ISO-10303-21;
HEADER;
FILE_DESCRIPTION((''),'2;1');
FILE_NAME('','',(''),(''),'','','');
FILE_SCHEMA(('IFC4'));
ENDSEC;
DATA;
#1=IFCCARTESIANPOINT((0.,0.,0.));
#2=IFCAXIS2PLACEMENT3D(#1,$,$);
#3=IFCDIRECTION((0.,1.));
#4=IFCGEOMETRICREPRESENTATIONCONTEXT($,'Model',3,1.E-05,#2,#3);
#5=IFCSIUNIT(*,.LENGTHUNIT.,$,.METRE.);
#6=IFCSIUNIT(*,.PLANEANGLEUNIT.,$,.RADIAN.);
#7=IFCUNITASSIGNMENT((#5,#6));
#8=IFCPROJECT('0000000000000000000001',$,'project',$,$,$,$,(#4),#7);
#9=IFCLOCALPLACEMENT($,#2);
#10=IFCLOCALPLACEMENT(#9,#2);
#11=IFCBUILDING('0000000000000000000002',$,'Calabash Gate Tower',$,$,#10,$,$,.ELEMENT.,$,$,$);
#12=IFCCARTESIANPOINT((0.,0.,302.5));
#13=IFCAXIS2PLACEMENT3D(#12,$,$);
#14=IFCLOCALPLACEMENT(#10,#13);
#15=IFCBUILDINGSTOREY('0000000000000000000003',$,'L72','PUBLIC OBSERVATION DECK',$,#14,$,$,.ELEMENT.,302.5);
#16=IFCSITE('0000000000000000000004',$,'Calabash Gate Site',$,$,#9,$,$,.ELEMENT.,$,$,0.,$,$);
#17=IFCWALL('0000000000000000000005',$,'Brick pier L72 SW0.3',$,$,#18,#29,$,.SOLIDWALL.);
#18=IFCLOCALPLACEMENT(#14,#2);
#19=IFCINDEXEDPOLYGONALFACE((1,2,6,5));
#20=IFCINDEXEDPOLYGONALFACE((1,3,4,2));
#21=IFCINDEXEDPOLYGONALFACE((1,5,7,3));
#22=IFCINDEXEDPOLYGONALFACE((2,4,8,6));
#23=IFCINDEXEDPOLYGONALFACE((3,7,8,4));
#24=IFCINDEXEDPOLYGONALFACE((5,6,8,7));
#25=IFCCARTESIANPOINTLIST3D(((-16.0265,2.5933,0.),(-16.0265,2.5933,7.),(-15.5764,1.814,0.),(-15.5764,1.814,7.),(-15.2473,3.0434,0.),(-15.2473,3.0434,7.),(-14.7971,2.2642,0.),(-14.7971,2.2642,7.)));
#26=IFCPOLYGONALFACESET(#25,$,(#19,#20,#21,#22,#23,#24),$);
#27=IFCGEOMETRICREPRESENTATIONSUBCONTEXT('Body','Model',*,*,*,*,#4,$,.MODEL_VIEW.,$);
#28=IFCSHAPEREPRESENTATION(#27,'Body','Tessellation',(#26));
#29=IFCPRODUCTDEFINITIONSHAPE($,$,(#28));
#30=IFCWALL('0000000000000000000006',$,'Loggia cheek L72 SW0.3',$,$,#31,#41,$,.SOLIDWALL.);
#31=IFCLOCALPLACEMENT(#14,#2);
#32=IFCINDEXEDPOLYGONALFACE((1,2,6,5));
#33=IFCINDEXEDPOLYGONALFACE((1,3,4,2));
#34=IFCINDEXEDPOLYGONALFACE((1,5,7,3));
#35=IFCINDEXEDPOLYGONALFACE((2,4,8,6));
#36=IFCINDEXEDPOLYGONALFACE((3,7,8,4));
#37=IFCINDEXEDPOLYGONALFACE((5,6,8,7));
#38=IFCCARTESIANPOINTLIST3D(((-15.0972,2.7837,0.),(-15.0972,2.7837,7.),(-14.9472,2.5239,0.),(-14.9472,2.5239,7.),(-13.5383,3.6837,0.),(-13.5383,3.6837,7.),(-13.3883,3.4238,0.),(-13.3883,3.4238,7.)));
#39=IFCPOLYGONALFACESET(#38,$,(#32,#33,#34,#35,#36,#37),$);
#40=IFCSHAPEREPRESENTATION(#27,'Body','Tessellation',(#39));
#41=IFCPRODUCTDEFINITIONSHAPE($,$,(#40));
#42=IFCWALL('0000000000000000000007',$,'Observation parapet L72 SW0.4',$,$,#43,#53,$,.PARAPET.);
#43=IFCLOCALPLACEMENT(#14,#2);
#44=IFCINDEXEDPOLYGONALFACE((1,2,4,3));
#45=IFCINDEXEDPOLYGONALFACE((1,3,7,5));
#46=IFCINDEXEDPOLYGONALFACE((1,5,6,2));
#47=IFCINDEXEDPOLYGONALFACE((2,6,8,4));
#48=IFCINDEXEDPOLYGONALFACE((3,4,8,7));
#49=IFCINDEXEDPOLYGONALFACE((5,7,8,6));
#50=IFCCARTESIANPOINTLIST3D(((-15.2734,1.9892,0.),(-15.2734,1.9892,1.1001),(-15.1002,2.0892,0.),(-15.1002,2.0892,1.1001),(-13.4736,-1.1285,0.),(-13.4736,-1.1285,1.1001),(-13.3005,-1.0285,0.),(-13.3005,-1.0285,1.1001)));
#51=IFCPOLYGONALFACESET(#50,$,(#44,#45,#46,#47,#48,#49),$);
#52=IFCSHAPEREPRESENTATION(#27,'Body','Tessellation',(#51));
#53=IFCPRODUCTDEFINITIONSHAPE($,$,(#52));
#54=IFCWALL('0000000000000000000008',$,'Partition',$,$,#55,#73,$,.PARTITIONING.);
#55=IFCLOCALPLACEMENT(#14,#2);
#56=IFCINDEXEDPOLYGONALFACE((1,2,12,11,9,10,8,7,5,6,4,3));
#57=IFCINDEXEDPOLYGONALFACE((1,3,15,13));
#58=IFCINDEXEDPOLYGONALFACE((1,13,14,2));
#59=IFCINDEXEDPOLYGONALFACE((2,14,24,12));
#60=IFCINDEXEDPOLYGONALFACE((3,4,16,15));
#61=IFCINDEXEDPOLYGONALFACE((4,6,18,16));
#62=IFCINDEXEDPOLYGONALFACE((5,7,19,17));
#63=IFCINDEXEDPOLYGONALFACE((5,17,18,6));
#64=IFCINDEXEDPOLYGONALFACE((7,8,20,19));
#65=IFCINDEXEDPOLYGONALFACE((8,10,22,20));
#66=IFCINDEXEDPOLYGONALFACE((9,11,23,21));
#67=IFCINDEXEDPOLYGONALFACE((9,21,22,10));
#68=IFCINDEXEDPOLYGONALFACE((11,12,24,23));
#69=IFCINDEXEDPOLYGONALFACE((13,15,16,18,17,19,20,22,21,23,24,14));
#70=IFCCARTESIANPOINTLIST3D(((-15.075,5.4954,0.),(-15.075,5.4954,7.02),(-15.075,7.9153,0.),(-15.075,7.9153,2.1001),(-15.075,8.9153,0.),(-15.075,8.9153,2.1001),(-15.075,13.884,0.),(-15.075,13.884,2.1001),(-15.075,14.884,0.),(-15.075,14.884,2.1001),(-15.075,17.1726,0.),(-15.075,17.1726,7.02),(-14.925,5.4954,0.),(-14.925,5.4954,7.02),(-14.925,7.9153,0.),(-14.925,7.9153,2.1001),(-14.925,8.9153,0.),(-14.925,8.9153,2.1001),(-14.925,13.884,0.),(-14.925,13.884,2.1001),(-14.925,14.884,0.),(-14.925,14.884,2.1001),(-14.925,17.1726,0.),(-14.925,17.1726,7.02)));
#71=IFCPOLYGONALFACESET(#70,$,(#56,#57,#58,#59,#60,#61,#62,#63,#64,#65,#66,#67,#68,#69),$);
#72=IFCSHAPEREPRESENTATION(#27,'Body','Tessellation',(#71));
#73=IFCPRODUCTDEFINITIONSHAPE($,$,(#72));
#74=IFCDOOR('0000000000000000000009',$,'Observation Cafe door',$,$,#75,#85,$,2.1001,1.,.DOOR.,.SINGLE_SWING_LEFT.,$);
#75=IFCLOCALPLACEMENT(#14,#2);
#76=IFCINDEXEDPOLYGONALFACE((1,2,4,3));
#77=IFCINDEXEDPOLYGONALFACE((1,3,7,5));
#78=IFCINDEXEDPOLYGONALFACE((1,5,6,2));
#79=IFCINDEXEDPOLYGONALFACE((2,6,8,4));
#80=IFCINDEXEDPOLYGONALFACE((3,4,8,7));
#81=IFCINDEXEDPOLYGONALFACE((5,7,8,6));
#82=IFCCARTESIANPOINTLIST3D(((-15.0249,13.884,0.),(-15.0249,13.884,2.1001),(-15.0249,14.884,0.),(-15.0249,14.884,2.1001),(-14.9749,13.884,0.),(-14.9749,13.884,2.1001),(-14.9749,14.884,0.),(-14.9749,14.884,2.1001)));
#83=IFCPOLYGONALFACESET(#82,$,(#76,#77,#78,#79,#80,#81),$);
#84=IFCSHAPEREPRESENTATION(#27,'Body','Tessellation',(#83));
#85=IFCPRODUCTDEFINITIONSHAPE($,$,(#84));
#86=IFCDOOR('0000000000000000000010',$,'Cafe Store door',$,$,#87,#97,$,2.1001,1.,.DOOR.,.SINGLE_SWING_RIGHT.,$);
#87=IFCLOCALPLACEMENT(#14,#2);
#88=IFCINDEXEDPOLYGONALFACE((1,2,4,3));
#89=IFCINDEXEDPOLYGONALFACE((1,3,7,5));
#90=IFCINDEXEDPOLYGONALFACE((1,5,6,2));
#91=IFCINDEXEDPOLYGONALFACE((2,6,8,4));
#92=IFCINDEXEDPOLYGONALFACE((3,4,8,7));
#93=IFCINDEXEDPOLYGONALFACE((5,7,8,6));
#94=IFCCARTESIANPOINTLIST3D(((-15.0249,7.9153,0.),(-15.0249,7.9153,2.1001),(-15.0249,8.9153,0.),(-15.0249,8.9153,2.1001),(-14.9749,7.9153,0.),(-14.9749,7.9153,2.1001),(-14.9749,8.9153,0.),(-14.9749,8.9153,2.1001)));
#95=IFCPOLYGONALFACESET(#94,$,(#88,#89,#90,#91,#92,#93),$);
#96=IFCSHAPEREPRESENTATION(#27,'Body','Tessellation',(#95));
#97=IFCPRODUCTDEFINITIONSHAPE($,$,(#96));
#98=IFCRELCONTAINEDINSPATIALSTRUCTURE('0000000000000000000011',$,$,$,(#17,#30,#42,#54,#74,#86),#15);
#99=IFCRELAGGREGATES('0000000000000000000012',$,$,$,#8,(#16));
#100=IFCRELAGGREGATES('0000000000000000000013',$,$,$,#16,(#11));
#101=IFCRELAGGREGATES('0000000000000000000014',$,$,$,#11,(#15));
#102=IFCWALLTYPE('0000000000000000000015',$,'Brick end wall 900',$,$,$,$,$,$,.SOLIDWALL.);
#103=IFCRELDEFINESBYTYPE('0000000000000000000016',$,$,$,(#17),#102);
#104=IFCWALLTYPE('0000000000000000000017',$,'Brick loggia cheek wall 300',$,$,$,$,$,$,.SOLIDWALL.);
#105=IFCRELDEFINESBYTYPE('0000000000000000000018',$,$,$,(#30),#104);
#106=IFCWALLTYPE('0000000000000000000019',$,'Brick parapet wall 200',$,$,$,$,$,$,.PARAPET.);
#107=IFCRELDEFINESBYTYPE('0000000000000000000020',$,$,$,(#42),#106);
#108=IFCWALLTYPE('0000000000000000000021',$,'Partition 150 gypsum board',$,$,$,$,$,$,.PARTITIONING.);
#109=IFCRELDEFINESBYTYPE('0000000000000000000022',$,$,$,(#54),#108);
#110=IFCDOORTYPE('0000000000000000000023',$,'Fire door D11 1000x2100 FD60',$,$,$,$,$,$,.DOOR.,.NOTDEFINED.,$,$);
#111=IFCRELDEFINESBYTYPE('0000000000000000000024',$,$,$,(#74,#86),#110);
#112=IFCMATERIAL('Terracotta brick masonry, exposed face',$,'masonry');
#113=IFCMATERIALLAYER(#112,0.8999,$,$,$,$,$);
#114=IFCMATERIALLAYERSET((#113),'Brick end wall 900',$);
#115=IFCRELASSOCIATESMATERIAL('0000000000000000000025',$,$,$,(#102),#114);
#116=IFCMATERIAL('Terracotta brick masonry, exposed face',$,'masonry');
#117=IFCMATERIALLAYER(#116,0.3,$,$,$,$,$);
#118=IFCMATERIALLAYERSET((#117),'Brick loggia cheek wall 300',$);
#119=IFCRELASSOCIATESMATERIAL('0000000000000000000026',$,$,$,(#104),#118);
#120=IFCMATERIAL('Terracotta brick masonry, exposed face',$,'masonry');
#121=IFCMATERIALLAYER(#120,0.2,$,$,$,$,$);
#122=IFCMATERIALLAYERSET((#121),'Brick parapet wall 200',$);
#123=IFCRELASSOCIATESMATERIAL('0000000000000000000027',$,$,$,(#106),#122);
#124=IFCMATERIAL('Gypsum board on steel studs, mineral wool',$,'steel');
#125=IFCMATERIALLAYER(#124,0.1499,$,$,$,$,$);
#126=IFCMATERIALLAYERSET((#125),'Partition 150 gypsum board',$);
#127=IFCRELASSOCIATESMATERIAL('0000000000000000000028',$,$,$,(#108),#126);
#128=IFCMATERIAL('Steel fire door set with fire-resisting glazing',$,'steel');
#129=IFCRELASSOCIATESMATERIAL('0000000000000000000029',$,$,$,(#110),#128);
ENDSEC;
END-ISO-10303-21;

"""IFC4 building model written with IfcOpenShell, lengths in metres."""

from ifc_helpers import new_model, si_unit, direction, frame, frame_2d, origin, place, context, subcontext, project, spatial, rectangle, extrude, material, layer, layer_set, type_object, element, fill, save


model = new_model("IFC4")

# Units and contexts
model_context = context("Model", 3, precision=1e-05, world=origin(), true_north=direction((0.0, 1.0)))
body_context = subcontext(model_context, "Body", "Model", "MODEL_VIEW")
ifc_project = project(units=[si_unit("LENGTHUNIT", "METRE"), si_unit("PLANEANGLEUNIT", "RADIAN")], contexts=[model_context])

# Site, building, storey
site_placement = place(None, origin())
site = spatial("IfcSite", under=ifc_project, at=site_placement, Name="Calabash Gate Site", CompositionType="ELEMENT", RefElevation=0.0)
building_placement = place(site_placement, origin())
building = spatial("IfcBuilding", under=site, at=building_placement, Name="Calabash Gate Tower", CompositionType="ELEMENT")
storey_placement = place(building_placement, frame((0.0, 0.0, 302.5)))
storey = spatial("IfcBuildingStorey", under=building, at=storey_placement, Name="L72", Description="PUBLIC OBSERVATION DECK", CompositionType="ELEMENT", Elevation=302.5)

# Walls
ifc_material_1 = material(Name="Terracotta brick masonry, exposed face", Category="masonry")
ifc_layer_1 = layer(ifc_material_1, 0.8999)
ifc_layer_set_1 = layer_set([ifc_layer_1], Name="Brick end wall 900")
wall_type_1 = type_object("IfcWallType", Name="Brick end wall 900", PredefinedType="SOLIDWALL", material=ifc_layer_set_1)
wall_1_placement = place(storey_placement, frame((-15.0222, 2.6538, 0.0), z_axis=(0.0, 0.0, 1.0), x_axis=(-0.865896, -0.500223, 0.0)))
element("IfcWall", 1, at=wall_1_placement, inside=storey, type_object=wall_type_1, Name="Brick pier L72 SW0.3", PredefinedType="SOLIDWALL", context=body_context, shape_type="SweptSolid", body=[
    extrude(rectangle(XDim=0.8999, YDim=0.8999, at=frame_2d((0.45, 0.0))), origin(), (0.0, 0.0, 1.0), 7.0),
])
ifc_material_2 = material(Name="Terracotta brick masonry, exposed face", Category="masonry")
ifc_layer_2 = layer(ifc_material_2, 0.3)
ifc_layer_set_2 = layer_set([ifc_layer_2], Name="Brick loggia cheek wall 300")
wall_type_2 = type_object("IfcWallType", Name="Brick loggia cheek wall 300", PredefinedType="SOLIDWALL", material=ifc_layer_set_2)
wall_2_placement = place(storey_placement, frame((-13.4634, 3.5537, 0.0), z_axis=(0.0, 0.0, 1.0), x_axis=(-0.866048, -0.499961, 0.0)))
element("IfcWall", 2, at=wall_2_placement, inside=storey, type_object=wall_type_2, Name="Loggia cheek L72 SW0.3", PredefinedType="SOLIDWALL", context=body_context, shape_type="SweptSolid", body=[
    extrude(rectangle(XDim=1.8, YDim=0.3, at=frame_2d((0.8999, 0.0))), origin(), (0.0, 0.0, 1.0), 7.0),
])
ifc_material_3 = material(Name="Terracotta brick masonry, exposed face", Category="masonry")
ifc_layer_3 = layer(ifc_material_3, 0.2)
ifc_layer_set_3 = layer_set([ifc_layer_3], Name="Brick parapet wall 200")
wall_type_3 = type_object("IfcWallType", Name="Brick parapet wall 200", PredefinedType="PARAPET", material=ifc_layer_set_3)
wall_3_placement = place(storey_placement, frame((-15.1868, 2.0391, 0.0), z_axis=(0.0, 0.0, 1.0), x_axis=(0.499961, -0.866048, 0.0)))
element("IfcWall", 3, at=wall_3_placement, inside=storey, type_object=wall_type_3, Name="Observation parapet L72 SW0.4", PredefinedType="PARAPET", context=body_context, shape_type="SweptSolid", body=[
    extrude(rectangle(XDim=3.5999, YDim=0.2, at=frame_2d((1.7998, 0.0))), origin(), (0.0, 0.0, 1.0), 1.1001),
])

# Wall, openings, doors
ifc_material_4 = material(Name="Gypsum board on steel studs, mineral wool", Category="steel")
ifc_layer_4 = layer(ifc_material_4, 0.1499)
ifc_layer_set_4 = layer_set([ifc_layer_4], Name="Partition 150 gypsum board")
wall_type_4 = type_object("IfcWallType", Name="Partition 150 gypsum board", PredefinedType="PARTITIONING", material=ifc_layer_set_4)
wall_4_placement = place(storey_placement, frame((-15.0, 5.4954, 0.0), z_axis=(0.0, 0.0, 1.0), x_axis=(0.0, 1.0, 0.0)))
wall_4 = element("IfcWall", 4, at=wall_4_placement, inside=storey, type_object=wall_type_4, Name="Partition", PredefinedType="PARTITIONING", context=body_context, shape_type="SweptSolid", body=[
    extrude(rectangle(XDim=11.6772, YDim=0.1499, at=frame_2d((5.8386, 0.0))), origin(), (0.0, 0.0, 1.0), 7.02),
])
opening_1_placement = place(wall_4_placement, frame((8.3887, 0.0, 0.0)))
opening_1 = element("IfcOpeningElement", 5, at=opening_1_placement, cuts=wall_4, PredefinedType="OPENING", context=body_context, shape_type="SweptSolid", body=[
    extrude(rectangle(XDim=1.0, YDim=2.1001, at=frame_2d((0.5, 1.05))), frame((0.0, 0.085, 0.0), z_axis=(0.0, -1.0, 0.0), x_axis=(1.0, 0.0, 0.0)), (0.0, 0.0, 1.0), 0.1699),
])
opening_2_placement = place(wall_4_placement, frame((2.4199, 0.0, 0.0)))
opening_2 = element("IfcOpeningElement", 6, at=opening_2_placement, cuts=wall_4, PredefinedType="OPENING", context=body_context, shape_type="SweptSolid", body=[
    extrude(rectangle(XDim=1.0, YDim=2.1001, at=frame_2d((0.5, 1.05))), frame((0.0, 0.085, 0.0), z_axis=(0.0, -1.0, 0.0), x_axis=(1.0, 0.0, 0.0)), (0.0, 0.0, 1.0), 0.1699),
])
ifc_material_5 = material(Name="Steel fire door set with fire-resisting glazing", Category="steel")
door_type = type_object("IfcDoorType", Name="Fire door D11 1000x2100 FD60", OperationType="NOTDEFINED", PredefinedType="DOOR", material=ifc_material_5)
door_1_placement = place(opening_1_placement, origin())
door_1 = element("IfcDoor", 7, at=door_1_placement, inside=storey, type_object=door_type, Name="Observation Cafe door", OperationType="SINGLE_SWING_LEFT", OverallHeight=2.1001, OverallWidth=1.0, PredefinedType="DOOR", context=body_context, shape_type="SweptSolid", body=[
    extrude(rectangle(XDim=1.0, YDim=2.1001, at=frame_2d((0.5, 1.05))), frame((0.0, 0.0249, 0.0), z_axis=(0.0, -1.0, 0.0), x_axis=(1.0, 0.0, 0.0)), (0.0, 0.0, 1.0), 0.05),
])
fill(opening_1, door_1)
door_2_placement = place(opening_2_placement, origin())
door_2 = element("IfcDoor", 8, at=door_2_placement, inside=storey, type_object=door_type, Name="Cafe Store door", OperationType="SINGLE_SWING_RIGHT", OverallHeight=2.1001, OverallWidth=1.0, PredefinedType="DOOR", context=body_context, shape_type="SweptSolid", body=[
    extrude(rectangle(XDim=1.0, YDim=2.1001, at=frame_2d((0.5, 1.05))), frame((0.0, 0.0249, 0.0), z_axis=(0.0, -1.0, 0.0), x_axis=(1.0, 0.0, 0.0)), (0.0, 0.0, 1.0), 0.05),
])
fill(opening_2, door_2)

save(model, "model.ifc")
